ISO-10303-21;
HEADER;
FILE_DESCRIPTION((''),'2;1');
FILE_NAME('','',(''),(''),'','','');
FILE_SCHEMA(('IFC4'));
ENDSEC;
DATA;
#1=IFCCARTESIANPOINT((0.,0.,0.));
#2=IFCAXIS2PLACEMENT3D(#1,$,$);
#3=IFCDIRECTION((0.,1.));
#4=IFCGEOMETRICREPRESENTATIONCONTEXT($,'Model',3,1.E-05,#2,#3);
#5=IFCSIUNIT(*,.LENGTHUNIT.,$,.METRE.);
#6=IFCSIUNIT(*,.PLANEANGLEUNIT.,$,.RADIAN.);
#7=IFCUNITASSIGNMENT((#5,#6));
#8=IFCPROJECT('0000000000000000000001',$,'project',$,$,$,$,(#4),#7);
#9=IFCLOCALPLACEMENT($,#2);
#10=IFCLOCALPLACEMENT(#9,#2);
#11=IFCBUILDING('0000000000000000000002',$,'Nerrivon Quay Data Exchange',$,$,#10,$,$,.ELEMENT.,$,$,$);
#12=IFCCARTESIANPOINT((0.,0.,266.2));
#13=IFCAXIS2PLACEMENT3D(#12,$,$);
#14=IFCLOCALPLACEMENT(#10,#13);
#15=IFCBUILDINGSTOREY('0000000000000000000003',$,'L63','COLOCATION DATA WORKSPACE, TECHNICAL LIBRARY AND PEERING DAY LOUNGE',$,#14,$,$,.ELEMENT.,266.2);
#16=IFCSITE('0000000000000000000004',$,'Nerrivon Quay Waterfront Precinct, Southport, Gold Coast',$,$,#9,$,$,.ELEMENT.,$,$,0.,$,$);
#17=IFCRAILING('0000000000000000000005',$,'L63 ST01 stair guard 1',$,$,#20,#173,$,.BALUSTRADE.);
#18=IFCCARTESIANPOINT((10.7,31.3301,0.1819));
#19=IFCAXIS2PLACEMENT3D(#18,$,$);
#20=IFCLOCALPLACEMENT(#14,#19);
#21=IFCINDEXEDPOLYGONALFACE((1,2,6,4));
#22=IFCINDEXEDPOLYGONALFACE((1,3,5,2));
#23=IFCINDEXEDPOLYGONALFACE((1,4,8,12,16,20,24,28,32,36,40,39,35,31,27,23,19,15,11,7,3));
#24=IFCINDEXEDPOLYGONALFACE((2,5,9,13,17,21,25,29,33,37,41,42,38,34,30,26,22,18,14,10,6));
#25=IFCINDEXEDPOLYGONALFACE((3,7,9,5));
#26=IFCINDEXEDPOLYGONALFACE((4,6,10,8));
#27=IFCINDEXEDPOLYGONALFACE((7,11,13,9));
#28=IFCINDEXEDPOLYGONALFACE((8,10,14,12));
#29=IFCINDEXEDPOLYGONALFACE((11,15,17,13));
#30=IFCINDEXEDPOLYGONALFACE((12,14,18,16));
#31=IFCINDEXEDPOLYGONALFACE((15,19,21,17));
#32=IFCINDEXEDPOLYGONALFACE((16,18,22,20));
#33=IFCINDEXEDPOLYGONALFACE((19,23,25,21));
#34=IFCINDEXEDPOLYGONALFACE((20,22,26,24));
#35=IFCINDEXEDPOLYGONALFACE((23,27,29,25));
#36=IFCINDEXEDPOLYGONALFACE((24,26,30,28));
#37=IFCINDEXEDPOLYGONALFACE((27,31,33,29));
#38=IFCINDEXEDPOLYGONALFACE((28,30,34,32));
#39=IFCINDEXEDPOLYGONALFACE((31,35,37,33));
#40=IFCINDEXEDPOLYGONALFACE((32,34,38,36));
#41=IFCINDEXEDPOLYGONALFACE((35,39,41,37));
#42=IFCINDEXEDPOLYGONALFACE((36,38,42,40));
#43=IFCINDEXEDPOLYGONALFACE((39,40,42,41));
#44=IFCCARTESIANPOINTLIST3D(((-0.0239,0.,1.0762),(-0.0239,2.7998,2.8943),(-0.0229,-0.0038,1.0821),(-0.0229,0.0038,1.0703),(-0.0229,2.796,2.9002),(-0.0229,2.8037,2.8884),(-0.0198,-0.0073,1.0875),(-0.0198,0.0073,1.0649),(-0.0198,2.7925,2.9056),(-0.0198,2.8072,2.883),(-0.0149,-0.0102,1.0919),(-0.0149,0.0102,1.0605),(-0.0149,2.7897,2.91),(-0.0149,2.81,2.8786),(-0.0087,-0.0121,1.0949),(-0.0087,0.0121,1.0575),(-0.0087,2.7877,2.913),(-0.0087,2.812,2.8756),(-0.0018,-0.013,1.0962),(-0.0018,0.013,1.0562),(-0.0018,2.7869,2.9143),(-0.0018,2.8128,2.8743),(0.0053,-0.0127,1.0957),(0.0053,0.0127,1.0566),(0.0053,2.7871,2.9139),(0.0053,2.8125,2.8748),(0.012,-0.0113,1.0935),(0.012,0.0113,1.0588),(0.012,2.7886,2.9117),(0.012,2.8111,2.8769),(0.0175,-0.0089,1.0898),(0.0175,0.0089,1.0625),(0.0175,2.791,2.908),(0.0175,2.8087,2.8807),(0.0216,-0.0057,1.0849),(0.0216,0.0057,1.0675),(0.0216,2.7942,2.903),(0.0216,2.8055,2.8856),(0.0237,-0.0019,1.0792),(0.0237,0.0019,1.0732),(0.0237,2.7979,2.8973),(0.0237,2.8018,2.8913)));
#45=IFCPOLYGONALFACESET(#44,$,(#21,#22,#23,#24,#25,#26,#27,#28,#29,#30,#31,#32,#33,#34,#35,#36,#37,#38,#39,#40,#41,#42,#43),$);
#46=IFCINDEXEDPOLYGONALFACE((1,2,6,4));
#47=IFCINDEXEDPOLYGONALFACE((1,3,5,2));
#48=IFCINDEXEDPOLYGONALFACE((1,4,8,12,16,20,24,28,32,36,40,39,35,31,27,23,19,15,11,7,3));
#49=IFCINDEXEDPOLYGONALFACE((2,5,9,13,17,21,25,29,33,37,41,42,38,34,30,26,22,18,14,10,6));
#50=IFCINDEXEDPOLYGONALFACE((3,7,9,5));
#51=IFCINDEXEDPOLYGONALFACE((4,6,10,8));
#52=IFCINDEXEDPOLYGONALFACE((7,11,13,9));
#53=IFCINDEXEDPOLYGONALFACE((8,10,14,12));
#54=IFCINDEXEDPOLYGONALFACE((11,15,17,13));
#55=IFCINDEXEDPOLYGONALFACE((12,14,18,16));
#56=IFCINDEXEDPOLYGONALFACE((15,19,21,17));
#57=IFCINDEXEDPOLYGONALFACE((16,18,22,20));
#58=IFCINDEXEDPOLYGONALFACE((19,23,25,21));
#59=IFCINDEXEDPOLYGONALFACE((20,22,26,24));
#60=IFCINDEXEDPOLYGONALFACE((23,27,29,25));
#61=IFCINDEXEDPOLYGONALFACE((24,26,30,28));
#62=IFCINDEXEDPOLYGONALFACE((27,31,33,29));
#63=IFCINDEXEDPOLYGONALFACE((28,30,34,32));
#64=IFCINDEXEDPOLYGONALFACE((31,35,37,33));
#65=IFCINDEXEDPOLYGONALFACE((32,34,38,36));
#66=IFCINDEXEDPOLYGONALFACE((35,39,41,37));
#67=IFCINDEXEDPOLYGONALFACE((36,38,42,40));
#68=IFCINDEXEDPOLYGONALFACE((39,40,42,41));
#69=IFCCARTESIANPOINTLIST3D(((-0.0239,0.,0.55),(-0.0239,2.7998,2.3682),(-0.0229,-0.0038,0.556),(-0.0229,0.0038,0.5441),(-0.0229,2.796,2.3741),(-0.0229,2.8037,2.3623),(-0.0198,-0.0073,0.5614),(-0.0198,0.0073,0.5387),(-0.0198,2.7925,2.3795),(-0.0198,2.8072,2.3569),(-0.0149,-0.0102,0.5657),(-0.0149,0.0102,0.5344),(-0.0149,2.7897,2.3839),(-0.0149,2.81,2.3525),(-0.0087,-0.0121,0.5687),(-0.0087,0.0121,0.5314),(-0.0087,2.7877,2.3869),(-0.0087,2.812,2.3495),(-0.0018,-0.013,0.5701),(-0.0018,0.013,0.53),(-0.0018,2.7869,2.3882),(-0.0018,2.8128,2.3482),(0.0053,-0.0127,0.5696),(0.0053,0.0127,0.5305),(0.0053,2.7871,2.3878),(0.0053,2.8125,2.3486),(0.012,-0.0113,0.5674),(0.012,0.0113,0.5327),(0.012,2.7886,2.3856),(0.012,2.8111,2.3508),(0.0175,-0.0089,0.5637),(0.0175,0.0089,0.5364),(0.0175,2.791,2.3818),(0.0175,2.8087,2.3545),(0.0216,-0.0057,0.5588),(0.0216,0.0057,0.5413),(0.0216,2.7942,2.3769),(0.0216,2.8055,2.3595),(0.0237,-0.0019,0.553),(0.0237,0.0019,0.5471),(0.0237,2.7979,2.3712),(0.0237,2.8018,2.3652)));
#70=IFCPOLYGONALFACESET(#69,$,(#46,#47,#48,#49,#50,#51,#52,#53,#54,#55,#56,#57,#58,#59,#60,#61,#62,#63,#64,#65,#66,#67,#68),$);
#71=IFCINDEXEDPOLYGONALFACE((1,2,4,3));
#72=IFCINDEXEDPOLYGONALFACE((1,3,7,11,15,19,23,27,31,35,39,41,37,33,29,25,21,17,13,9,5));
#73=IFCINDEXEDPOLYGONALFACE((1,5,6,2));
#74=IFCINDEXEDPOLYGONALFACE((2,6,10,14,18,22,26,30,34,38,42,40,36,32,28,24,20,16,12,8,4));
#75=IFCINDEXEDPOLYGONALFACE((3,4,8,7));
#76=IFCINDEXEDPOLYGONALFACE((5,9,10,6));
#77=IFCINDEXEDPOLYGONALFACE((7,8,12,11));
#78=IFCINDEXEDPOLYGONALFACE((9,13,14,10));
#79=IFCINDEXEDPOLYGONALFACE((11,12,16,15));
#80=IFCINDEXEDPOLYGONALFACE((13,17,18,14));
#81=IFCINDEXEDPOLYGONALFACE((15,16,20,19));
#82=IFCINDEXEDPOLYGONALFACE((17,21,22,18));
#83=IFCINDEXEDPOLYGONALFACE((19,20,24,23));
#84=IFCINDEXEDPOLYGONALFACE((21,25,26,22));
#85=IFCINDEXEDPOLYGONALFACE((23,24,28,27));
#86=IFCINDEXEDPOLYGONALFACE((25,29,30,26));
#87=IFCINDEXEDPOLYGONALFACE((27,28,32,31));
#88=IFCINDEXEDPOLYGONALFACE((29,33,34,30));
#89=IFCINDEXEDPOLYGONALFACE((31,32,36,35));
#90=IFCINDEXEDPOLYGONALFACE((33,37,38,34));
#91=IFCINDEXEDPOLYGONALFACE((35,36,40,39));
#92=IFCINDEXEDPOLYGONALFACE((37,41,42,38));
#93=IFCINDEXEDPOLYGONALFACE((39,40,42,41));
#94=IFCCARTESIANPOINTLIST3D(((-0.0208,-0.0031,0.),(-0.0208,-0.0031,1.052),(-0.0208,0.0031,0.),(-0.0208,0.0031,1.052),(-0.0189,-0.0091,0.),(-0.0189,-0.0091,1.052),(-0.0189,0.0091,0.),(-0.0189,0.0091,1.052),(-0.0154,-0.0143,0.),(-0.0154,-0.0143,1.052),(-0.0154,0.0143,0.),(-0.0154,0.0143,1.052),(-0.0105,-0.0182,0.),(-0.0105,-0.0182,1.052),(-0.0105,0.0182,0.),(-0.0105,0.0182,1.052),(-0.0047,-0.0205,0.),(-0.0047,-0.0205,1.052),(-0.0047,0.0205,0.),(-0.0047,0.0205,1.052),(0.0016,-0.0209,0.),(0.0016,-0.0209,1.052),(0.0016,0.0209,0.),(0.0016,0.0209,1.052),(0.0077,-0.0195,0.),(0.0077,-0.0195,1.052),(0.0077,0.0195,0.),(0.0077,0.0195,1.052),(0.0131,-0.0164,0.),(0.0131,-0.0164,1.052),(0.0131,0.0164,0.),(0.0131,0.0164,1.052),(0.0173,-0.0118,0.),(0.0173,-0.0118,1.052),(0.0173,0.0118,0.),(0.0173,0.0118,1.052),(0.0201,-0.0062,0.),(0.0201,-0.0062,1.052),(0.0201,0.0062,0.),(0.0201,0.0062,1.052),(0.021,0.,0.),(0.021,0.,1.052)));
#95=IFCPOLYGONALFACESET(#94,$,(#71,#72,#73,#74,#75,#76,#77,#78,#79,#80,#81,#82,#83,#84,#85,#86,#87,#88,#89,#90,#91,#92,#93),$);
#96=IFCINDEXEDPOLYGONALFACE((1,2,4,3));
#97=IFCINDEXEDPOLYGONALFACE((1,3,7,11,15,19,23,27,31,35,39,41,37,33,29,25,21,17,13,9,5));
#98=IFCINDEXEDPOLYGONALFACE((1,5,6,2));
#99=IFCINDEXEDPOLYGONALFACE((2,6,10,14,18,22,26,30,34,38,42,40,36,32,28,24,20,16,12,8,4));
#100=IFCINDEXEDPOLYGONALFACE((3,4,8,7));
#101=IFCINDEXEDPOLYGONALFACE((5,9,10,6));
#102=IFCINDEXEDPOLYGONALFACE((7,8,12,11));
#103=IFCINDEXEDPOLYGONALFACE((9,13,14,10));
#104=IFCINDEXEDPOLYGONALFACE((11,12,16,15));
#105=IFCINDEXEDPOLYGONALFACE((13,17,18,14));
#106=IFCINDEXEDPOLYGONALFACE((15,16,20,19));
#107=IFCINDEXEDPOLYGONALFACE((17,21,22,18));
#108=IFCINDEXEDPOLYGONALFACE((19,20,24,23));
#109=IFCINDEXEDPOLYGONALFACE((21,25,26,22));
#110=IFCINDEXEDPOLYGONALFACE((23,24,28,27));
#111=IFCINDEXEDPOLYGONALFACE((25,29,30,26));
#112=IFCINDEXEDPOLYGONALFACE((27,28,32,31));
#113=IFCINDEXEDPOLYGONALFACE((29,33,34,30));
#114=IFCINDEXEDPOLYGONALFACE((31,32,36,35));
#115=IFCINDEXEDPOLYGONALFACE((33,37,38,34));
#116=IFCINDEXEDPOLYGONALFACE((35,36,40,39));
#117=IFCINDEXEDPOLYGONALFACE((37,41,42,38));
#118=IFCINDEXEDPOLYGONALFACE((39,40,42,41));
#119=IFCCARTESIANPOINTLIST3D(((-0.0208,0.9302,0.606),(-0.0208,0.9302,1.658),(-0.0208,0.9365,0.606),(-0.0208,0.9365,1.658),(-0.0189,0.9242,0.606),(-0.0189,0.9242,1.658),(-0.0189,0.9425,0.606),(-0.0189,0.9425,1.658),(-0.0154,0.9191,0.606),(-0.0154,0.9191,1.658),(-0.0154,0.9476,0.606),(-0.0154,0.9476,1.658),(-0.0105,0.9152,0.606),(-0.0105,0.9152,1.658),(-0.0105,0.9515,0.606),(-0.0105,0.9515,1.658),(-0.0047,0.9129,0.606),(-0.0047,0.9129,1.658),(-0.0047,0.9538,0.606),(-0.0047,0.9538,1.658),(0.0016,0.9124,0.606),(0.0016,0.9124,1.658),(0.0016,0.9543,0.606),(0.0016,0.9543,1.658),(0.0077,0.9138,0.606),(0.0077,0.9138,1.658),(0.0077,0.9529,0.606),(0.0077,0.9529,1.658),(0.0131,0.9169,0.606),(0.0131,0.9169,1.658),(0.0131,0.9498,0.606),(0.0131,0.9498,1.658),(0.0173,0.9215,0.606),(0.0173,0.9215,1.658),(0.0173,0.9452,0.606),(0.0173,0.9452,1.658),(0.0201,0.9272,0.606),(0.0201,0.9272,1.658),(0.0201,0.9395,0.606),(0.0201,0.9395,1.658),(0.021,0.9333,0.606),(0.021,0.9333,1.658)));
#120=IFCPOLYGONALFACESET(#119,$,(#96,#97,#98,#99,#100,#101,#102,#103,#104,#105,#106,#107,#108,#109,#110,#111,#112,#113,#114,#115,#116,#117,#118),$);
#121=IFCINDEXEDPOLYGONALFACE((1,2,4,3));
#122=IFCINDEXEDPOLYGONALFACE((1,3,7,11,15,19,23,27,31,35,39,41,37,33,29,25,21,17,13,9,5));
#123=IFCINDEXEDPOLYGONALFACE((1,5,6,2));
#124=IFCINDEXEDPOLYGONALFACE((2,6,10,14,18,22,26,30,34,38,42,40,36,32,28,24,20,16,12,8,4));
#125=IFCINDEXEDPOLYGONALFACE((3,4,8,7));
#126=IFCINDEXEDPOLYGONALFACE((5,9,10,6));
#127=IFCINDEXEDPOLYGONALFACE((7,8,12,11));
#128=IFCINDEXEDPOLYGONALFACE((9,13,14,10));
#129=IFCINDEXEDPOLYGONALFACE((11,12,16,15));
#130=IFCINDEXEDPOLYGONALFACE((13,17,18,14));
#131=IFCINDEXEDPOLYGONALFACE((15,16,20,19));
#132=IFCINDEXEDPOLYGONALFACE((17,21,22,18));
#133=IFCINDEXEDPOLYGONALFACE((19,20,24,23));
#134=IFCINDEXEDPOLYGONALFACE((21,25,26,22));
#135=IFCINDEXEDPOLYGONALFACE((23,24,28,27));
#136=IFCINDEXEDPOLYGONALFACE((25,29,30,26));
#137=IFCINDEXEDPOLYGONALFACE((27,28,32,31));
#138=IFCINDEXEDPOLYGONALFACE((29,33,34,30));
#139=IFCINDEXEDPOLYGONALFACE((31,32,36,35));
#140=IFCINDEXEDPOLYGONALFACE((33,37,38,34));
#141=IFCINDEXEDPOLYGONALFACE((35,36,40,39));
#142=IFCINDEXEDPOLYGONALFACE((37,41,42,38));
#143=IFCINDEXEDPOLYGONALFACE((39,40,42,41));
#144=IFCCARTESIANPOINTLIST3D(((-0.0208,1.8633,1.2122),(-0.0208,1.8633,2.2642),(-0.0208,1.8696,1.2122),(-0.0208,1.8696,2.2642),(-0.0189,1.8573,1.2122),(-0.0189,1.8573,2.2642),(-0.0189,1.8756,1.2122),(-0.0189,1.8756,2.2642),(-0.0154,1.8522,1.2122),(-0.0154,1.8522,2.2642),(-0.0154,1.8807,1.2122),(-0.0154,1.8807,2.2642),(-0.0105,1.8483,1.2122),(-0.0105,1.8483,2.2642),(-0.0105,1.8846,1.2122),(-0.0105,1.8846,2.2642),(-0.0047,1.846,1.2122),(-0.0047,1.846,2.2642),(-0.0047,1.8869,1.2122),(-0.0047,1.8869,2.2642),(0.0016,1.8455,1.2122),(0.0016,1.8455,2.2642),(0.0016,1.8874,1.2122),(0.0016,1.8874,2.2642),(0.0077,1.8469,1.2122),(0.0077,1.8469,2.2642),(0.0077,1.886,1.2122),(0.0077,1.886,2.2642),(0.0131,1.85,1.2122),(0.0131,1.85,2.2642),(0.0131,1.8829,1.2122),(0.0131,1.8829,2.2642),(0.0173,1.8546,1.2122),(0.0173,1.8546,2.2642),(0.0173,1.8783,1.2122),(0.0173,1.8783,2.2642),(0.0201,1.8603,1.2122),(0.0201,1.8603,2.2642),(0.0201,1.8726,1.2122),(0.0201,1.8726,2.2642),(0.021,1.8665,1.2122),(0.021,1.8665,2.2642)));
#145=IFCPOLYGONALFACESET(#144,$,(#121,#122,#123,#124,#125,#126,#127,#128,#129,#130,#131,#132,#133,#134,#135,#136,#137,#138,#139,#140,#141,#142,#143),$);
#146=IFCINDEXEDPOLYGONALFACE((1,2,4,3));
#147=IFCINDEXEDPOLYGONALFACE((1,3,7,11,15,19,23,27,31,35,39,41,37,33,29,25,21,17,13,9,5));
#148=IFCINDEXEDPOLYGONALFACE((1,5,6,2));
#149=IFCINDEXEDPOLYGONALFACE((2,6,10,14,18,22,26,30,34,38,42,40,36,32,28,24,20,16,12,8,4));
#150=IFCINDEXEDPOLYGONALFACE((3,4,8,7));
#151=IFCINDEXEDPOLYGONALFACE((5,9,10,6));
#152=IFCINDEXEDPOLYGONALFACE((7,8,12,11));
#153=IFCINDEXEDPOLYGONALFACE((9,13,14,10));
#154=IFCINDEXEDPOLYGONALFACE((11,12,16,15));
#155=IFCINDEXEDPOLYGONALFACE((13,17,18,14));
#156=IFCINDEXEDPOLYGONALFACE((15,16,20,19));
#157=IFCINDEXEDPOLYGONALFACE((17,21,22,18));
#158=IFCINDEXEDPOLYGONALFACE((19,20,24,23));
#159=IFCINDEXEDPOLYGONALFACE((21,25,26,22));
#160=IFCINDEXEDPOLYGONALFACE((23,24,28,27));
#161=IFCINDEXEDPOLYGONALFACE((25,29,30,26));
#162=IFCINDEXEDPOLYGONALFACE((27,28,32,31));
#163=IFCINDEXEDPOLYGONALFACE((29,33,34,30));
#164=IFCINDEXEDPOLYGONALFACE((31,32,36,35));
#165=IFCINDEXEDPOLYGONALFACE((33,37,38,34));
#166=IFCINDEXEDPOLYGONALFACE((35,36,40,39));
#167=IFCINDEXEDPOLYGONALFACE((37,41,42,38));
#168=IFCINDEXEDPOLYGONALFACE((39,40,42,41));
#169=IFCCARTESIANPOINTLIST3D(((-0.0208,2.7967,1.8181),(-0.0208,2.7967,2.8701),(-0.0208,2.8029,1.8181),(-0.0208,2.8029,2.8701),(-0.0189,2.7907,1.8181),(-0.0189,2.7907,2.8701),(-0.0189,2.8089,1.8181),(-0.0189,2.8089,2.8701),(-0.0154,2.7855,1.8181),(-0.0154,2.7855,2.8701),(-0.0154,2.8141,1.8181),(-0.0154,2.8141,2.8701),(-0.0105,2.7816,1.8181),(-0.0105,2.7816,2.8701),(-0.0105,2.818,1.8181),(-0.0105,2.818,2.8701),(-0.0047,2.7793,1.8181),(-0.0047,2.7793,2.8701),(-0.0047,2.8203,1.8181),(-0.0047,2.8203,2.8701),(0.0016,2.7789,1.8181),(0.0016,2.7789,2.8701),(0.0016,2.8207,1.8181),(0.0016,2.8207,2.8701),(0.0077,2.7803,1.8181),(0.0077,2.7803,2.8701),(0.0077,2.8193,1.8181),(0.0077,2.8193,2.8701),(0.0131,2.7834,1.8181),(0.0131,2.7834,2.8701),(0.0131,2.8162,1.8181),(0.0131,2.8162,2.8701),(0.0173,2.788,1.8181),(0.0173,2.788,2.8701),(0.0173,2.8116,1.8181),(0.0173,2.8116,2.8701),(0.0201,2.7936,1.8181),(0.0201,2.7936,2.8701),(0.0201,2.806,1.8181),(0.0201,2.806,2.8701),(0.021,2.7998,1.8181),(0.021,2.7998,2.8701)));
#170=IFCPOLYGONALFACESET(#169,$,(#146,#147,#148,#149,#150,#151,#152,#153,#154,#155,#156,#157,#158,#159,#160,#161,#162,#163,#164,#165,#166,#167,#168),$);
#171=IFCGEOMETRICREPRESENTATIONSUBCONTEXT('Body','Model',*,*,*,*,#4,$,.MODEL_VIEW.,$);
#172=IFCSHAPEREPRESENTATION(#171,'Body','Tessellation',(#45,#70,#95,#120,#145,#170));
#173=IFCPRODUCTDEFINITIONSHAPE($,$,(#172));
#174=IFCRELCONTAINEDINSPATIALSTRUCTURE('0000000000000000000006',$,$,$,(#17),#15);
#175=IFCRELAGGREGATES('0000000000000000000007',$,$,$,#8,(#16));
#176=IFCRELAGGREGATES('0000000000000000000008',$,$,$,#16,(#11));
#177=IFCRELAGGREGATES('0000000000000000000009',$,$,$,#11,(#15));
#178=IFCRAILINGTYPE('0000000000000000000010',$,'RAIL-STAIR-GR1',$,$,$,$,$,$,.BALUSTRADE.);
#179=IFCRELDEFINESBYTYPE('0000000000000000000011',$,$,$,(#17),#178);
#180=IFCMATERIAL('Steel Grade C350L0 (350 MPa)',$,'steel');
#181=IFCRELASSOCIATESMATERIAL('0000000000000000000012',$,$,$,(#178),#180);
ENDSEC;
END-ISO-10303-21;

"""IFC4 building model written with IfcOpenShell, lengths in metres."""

from ifc_helpers import new_model, si_unit, direction, frame, origin, origin_2d, place, context, subcontext, project, spatial, circle, extrude, material, type_object, element, save


model = new_model("IFC4")

# Units and contexts
model_context = context("Model", 3, precision=1e-05, world=origin(), true_north=direction((0.0, 1.0)))
body_context = subcontext(model_context, "Body", "Model", "MODEL_VIEW")
ifc_project = project(units=[si_unit("LENGTHUNIT", "METRE"), si_unit("PLANEANGLEUNIT", "RADIAN")], contexts=[model_context])

# Site, building, storey
site_placement = place(None, origin())
site = spatial("IfcSite", under=ifc_project, at=site_placement, Name="Nerrivon Quay Waterfront Precinct, Southport, Gold Coast", CompositionType="ELEMENT", RefElevation=0.0)
building_placement = place(site_placement, origin())
building = spatial("IfcBuilding", under=site, at=building_placement, Name="Nerrivon Quay Data Exchange", CompositionType="ELEMENT")
storey_placement = place(building_placement, frame((0.0, 0.0, 266.2)))
storey = spatial("IfcBuildingStorey", under=building, at=storey_placement, Name="L63", Description="COLOCATION DATA WORKSPACE, TECHNICAL LIBRARY AND PEERING DAY LOUNGE", CompositionType="ELEMENT", Elevation=266.2)

# Railing
ifc_material_1 = material(Name="Steel Grade C350L0 (350 MPa)", Category="steel")
railing_type_1 = type_object("IfcRailingType", Name="RAIL-STAIR-GR1", PredefinedType="BALUSTRADE", material=ifc_material_1)
railing_1_placement = place(storey_placement, frame((10.7, 31.3301, 0.1819)))
element("IfcRailing", 1, at=railing_1_placement, inside=storey, type_object=railing_type_1, Name="L63 ST01 stair guard 1", PredefinedType="BALUSTRADE", context=body_context, shape_type="SweptSolid", body=[
    extrude(circle(Radius=0.0239, at=origin_2d()), frame((0.0, 0.0, 1.0762), z_axis=(0.0, 0.838684, 0.544618), x_axis=(-1.0, 0.0, 0.0)), (0.0, 0.0, 1.0), 3.3384),
    extrude(circle(Radius=0.0239, at=origin_2d()), frame((0.0, 0.0, 0.55), z_axis=(0.0, 0.838684, 0.544618), x_axis=(-1.0, 0.0, 0.0)), (0.0, 0.0, 1.0), 3.3384),
    extrude(circle(Radius=0.021, at=origin_2d()), origin(), (0.0, 0.0, 1.0), 1.052),
    extrude(circle(Radius=0.021, at=origin_2d()), frame((0.0, 0.9333, 0.606)), (0.0, 0.0, 1.0), 1.052),
    extrude(circle(Radius=0.021, at=origin_2d()), frame((0.0, 1.8665, 1.2122)), (0.0, 0.0, 1.0), 1.052),
    extrude(circle(Radius=0.021, at=origin_2d()), frame((0.0, 2.7998, 1.8181)), (0.0, 0.0, 1.0), 1.052),
])

save(model, "model.ifc")
